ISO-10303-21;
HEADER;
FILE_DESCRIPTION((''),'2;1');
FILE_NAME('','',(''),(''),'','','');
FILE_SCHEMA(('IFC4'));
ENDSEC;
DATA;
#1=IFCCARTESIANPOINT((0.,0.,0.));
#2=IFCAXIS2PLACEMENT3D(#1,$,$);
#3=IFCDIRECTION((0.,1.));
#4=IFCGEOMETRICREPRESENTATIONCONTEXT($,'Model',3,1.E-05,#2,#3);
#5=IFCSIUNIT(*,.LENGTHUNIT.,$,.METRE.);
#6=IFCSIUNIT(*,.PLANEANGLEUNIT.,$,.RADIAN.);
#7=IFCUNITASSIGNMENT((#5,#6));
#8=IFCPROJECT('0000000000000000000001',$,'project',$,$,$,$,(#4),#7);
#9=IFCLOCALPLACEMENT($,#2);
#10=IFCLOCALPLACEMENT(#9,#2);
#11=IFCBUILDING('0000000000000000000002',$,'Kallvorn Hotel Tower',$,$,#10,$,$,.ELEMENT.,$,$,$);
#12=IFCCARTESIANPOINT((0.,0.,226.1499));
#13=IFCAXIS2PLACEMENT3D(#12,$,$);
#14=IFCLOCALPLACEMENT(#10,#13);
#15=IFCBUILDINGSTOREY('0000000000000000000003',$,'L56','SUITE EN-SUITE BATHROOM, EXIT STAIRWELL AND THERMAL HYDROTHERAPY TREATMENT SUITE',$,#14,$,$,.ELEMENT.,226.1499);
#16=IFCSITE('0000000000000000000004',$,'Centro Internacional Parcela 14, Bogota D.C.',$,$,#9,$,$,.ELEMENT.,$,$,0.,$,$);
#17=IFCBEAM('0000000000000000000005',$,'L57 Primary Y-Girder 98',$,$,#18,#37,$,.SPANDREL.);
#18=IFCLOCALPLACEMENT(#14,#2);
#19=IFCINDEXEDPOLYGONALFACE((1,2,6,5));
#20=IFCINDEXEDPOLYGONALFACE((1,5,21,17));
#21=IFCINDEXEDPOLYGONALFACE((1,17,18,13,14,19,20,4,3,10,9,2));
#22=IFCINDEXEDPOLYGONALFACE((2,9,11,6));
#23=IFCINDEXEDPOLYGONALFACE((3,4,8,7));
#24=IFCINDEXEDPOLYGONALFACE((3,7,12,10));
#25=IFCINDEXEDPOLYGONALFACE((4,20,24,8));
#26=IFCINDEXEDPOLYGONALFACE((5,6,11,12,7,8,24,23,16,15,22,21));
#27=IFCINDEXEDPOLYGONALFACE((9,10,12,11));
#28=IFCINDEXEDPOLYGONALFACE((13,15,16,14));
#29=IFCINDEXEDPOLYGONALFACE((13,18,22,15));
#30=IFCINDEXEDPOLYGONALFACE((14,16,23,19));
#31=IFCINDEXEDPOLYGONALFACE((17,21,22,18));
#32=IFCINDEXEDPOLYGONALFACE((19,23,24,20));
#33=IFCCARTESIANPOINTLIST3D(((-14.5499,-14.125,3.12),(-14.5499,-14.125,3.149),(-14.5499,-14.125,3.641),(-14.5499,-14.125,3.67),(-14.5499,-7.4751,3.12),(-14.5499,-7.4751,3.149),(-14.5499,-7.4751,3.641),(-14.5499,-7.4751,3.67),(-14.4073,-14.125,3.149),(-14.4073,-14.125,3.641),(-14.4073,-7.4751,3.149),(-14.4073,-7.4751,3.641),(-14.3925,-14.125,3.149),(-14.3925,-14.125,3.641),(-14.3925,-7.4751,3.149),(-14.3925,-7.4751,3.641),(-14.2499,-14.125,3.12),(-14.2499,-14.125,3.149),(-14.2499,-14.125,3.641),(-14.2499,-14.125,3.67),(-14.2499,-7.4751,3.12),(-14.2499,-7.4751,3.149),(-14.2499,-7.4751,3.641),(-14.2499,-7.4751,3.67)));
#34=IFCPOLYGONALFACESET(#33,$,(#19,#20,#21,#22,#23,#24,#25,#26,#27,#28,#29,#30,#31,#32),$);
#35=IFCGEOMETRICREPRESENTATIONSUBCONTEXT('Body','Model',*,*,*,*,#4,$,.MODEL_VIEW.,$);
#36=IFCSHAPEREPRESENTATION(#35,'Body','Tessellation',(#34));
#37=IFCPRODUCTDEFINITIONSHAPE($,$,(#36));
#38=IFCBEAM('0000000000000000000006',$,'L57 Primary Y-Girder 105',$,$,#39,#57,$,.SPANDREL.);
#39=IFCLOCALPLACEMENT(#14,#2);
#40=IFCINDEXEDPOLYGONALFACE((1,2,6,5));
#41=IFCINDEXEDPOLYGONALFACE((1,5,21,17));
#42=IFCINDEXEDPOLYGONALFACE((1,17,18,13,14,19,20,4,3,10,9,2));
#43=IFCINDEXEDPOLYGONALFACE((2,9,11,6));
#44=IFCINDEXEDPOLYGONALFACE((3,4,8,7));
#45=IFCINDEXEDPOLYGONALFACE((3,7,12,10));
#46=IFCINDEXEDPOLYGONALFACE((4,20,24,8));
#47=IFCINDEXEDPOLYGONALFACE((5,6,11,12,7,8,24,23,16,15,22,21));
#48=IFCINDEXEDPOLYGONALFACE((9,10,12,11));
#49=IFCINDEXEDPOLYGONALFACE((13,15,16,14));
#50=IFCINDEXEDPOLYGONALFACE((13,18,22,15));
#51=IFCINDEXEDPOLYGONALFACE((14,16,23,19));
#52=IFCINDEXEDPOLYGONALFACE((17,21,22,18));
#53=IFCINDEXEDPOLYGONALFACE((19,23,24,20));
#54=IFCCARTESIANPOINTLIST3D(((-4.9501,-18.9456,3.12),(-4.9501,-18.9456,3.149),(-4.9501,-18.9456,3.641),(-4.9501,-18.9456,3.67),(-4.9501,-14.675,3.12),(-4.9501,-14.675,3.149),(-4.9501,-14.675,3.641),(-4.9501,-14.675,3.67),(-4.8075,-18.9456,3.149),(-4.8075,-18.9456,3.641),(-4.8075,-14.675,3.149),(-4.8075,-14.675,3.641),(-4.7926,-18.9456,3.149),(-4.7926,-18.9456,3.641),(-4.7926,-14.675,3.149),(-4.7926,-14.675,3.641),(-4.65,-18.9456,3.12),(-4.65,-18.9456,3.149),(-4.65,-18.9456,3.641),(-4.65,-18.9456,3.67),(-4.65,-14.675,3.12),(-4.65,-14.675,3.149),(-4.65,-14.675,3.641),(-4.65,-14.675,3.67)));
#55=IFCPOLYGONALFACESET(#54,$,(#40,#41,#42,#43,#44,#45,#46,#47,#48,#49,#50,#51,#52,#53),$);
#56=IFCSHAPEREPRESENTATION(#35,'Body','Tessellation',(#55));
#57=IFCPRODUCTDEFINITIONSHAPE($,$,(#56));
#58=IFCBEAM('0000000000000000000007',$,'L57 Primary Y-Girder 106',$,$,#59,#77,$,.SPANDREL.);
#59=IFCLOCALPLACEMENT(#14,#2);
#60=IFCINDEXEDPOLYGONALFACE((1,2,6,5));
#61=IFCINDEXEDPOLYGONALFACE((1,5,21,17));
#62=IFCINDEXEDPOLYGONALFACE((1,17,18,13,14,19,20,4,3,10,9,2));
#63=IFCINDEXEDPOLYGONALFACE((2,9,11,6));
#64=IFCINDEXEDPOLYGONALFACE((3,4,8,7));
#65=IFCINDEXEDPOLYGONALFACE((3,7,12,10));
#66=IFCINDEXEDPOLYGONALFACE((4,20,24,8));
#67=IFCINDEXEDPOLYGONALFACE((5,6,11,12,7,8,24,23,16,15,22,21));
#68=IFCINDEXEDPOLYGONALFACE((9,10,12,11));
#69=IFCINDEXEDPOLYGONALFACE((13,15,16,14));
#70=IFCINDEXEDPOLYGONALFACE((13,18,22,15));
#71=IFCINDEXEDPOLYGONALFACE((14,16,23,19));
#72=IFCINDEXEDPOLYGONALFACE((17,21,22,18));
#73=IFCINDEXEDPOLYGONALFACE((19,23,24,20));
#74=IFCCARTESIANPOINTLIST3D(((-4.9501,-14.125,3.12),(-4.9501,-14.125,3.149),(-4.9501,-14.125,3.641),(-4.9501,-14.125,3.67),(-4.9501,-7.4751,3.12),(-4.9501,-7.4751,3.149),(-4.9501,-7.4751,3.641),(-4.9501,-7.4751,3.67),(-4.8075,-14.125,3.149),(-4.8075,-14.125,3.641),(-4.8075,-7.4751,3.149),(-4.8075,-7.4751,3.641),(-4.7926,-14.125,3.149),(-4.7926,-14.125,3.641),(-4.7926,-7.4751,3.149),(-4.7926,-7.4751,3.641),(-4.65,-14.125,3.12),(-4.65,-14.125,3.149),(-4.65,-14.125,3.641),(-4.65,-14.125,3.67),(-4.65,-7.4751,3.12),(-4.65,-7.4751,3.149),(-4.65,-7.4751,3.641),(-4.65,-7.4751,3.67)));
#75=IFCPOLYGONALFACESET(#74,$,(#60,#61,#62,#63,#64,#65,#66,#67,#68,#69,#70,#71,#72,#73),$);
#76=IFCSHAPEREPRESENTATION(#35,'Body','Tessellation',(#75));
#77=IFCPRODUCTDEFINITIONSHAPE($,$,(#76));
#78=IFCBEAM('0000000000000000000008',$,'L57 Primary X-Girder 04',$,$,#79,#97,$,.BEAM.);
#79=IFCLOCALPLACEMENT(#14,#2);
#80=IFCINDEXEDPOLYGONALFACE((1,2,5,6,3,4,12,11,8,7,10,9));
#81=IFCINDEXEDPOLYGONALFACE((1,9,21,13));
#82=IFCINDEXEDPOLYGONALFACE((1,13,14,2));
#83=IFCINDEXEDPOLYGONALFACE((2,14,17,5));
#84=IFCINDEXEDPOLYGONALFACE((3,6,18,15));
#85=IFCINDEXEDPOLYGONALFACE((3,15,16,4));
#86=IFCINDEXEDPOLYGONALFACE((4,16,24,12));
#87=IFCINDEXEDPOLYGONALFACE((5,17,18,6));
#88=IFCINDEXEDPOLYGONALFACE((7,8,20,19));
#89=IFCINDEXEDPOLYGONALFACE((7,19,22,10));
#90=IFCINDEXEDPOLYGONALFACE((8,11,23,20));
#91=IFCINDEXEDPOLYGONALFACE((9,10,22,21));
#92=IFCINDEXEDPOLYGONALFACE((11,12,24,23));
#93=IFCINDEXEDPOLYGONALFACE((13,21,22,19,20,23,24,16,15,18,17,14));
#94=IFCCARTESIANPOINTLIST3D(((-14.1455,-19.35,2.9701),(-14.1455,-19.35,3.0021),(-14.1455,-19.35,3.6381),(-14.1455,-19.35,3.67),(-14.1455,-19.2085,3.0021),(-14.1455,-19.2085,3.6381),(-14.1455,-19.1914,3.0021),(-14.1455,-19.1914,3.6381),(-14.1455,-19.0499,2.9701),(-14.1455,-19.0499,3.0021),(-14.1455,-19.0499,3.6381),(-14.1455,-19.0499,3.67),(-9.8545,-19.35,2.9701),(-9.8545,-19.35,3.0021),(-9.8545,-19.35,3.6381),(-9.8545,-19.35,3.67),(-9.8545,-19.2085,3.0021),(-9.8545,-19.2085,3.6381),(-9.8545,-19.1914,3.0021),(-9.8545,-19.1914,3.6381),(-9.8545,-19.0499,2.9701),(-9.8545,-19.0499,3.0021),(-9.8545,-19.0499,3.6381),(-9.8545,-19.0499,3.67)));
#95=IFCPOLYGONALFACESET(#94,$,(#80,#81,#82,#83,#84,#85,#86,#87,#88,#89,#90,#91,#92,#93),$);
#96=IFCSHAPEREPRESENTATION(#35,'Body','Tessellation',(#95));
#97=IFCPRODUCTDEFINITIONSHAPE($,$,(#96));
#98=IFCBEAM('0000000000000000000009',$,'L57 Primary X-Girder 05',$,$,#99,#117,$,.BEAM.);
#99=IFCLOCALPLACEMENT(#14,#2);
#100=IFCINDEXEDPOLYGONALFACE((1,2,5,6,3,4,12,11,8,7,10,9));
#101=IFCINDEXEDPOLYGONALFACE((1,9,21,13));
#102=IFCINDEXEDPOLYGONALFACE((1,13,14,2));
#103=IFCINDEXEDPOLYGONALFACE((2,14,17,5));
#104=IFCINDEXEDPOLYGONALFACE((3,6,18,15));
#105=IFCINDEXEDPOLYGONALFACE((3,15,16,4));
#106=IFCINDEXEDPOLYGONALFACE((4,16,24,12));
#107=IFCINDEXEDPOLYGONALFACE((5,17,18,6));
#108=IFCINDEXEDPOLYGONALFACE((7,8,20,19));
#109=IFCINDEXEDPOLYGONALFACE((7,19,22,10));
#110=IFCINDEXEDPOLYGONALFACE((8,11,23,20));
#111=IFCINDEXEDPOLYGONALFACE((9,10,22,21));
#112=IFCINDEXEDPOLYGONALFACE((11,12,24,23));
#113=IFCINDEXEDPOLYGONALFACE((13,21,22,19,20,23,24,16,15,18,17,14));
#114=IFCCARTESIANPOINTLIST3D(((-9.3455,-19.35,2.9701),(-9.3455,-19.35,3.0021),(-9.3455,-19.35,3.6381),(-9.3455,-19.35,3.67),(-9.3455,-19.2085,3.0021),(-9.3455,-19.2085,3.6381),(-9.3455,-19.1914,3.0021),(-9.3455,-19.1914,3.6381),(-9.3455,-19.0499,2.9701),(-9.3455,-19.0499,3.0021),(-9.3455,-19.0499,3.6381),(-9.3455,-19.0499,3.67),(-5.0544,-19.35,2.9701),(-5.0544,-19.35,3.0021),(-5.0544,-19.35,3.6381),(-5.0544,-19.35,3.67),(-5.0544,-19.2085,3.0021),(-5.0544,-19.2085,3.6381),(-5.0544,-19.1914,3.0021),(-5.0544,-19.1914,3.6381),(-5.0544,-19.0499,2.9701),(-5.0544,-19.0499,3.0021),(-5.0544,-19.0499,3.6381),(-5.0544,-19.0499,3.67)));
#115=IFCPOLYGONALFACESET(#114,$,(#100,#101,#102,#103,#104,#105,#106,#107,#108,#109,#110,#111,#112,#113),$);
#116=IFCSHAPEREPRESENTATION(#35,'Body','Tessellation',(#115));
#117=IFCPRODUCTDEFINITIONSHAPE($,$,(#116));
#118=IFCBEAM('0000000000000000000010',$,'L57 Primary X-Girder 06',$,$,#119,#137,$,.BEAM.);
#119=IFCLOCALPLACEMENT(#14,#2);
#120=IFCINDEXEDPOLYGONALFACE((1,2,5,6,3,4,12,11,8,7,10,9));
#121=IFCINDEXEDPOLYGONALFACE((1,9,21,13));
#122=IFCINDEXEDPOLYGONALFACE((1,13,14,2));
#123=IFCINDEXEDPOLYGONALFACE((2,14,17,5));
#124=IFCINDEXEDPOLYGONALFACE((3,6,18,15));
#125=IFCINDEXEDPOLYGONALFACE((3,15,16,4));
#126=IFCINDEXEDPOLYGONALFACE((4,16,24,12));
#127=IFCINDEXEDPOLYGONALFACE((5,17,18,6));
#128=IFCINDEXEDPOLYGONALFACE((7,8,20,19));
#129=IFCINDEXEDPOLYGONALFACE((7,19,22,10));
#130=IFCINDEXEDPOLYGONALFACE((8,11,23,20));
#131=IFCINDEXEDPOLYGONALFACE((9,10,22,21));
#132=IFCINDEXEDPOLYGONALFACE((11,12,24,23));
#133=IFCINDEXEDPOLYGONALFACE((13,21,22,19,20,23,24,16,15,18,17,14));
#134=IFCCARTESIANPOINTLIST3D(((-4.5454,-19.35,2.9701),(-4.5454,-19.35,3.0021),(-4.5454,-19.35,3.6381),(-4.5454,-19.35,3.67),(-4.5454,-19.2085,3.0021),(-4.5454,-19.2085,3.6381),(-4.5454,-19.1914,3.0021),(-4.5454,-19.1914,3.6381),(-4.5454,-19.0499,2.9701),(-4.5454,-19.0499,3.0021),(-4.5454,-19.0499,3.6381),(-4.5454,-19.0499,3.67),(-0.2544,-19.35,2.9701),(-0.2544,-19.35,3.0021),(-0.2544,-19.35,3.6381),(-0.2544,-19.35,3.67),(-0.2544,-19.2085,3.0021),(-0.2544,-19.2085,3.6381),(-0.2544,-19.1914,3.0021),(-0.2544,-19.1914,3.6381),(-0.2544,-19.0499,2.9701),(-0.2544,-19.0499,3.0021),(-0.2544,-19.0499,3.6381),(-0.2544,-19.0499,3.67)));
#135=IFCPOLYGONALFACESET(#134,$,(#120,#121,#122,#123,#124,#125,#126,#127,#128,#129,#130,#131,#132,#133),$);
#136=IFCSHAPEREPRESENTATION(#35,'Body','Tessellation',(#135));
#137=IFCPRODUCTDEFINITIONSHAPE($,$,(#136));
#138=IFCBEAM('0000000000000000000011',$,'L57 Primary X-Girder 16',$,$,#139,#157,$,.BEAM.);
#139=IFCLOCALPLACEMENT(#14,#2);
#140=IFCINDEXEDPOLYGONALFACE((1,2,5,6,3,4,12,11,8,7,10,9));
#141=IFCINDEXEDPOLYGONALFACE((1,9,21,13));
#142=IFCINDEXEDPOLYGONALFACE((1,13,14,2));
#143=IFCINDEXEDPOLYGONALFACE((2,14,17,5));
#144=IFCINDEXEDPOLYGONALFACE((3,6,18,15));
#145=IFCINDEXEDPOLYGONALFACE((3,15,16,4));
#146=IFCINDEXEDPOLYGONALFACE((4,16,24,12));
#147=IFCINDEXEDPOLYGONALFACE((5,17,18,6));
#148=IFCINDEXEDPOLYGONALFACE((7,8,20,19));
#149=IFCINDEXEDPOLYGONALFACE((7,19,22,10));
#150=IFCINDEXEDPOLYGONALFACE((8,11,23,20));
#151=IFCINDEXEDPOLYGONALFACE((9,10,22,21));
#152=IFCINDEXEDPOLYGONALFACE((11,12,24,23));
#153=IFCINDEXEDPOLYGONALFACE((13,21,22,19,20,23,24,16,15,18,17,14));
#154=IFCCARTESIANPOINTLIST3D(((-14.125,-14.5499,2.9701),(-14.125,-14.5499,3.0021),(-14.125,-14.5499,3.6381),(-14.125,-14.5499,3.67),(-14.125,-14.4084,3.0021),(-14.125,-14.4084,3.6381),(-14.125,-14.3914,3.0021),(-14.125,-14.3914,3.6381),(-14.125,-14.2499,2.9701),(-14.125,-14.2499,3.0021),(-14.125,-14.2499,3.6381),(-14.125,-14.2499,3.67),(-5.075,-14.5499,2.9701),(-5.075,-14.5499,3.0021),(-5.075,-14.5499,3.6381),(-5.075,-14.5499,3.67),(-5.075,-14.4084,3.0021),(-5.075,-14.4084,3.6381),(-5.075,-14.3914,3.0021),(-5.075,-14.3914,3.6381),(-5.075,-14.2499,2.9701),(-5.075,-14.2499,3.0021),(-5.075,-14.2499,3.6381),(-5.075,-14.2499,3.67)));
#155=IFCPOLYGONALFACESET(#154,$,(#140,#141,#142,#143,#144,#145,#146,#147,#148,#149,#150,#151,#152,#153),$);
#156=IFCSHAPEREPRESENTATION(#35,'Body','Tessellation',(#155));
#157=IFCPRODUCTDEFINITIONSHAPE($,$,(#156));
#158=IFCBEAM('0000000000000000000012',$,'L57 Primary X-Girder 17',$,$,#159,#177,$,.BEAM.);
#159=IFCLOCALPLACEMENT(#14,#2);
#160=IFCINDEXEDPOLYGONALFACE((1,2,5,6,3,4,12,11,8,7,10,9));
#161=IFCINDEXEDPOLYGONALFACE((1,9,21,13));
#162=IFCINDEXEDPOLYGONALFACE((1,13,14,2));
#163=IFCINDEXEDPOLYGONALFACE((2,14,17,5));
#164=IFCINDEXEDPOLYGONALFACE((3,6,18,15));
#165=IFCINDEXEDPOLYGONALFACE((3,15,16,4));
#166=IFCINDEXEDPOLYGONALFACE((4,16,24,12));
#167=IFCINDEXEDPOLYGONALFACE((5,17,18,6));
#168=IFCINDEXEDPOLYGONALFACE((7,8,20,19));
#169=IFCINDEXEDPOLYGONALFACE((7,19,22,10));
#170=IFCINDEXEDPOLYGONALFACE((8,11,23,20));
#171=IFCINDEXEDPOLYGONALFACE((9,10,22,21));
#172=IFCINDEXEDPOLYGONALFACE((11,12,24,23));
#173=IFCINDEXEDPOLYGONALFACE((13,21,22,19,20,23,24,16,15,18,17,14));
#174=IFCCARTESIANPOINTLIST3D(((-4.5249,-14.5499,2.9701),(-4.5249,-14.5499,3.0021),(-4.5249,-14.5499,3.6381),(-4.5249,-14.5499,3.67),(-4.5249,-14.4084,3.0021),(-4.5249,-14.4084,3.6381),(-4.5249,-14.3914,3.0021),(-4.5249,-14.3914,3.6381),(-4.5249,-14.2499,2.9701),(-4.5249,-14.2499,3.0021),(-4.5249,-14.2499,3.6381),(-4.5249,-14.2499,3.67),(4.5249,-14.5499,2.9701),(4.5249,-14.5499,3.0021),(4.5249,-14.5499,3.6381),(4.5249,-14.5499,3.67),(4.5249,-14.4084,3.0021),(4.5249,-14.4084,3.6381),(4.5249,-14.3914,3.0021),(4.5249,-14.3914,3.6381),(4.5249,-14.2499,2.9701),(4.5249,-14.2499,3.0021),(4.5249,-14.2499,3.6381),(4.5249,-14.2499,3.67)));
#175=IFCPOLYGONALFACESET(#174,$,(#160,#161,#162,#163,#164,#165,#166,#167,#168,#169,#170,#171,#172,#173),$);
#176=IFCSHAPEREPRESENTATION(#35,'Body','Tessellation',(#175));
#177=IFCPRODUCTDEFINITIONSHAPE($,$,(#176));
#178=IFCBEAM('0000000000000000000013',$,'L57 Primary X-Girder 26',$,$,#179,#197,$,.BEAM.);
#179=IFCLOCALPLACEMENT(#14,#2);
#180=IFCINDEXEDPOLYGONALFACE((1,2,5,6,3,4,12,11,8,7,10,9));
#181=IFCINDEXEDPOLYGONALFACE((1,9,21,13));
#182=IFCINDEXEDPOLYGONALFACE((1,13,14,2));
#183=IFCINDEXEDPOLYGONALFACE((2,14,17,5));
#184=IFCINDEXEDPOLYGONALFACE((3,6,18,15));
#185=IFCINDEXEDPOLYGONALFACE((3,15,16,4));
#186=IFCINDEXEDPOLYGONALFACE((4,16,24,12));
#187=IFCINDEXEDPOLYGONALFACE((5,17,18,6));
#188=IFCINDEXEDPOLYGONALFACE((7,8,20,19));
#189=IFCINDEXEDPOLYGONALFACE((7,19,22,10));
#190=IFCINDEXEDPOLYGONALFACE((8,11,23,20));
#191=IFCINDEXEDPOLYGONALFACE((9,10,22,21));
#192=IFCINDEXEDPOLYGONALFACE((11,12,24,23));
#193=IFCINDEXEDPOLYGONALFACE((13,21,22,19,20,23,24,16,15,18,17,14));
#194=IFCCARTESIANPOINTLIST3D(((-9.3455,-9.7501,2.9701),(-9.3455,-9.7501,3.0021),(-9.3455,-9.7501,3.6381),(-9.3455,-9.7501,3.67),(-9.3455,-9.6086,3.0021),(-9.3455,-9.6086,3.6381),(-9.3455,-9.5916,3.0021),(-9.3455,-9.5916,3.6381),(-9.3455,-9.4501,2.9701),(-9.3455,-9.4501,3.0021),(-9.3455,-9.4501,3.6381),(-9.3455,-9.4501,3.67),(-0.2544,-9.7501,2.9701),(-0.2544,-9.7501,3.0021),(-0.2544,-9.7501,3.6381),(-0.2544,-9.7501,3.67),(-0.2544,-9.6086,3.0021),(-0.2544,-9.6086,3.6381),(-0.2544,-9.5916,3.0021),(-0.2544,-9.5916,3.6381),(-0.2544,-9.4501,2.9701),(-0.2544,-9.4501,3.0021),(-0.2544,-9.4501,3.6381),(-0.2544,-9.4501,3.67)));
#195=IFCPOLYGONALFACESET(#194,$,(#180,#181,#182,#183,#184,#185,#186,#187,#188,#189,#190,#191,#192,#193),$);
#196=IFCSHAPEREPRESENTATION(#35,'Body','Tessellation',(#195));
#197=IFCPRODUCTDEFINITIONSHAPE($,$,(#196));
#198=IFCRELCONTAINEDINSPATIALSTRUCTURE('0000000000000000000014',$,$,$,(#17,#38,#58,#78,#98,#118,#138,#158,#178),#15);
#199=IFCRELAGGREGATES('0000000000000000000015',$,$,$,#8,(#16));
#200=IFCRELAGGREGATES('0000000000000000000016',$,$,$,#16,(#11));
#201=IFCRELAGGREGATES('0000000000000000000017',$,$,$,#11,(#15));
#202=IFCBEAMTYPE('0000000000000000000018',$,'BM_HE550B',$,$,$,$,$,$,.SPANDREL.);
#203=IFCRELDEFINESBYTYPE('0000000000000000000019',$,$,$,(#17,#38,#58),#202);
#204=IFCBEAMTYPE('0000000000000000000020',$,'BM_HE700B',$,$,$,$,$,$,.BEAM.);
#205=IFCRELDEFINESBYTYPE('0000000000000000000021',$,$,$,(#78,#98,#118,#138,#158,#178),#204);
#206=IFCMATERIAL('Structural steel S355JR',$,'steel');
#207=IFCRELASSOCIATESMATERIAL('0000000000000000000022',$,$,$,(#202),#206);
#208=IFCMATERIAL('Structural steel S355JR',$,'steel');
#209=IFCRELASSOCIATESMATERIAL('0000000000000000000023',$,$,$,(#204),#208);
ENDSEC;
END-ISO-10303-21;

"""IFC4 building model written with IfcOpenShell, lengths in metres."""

from ifc_helpers import new_model, si_unit, direction, frame, origin, origin_2d, place, context, subcontext, project, spatial, i_section, extrude, material, material_profile, profile_set, type_object, element, save


model = new_model("IFC4")

# Units and contexts
model_context = context("Model", 3, precision=1e-05, world=origin(), true_north=direction((0.0, 1.0)))
body_context = subcontext(model_context, "Body", "Model", "MODEL_VIEW")
ifc_project = project(units=[si_unit("LENGTHUNIT", "METRE"), si_unit("PLANEANGLEUNIT", "RADIAN")], contexts=[model_context])

# Site, building, storey
site_placement = place(None, origin())
site = spatial("IfcSite", under=ifc_project, at=site_placement, Name="Centro Internacional Parcela 14, Bogota D.C.", CompositionType="ELEMENT", RefElevation=0.0)
building_placement = place(site_placement, origin())
building = spatial("IfcBuilding", under=site, at=building_placement, Name="Kallvorn Hotel Tower", CompositionType="ELEMENT")
storey_placement = place(building_placement, frame((0.0, 0.0, 226.1499)))
storey = spatial("IfcBuildingStorey", under=building, at=storey_placement, Name="L56", Description="SUITE EN-SUITE BATHROOM, EXIT STAIRWELL AND THERMAL HYDROTHERAPY TREATMENT SUITE", CompositionType="ELEMENT", Elevation=226.1499)

# Beams
ifc_material_1 = material(Name="Structural steel S355JR", Category="steel")
ifc_material_profile_1 = material_profile(ifc_material_1, i_section(OverallWidth=0.3, OverallDepth=0.55, WebThickness=0.0149, FlangeThickness=0.0291, at=origin_2d()), Name="HE 550 B")
ifc_profile_set_1 = profile_set([ifc_material_profile_1], Name="Structural steel S355JR")
beam_type_1 = type_object("IfcBeamType", Name="BM_HE550B", PredefinedType="SPANDREL", material=ifc_profile_set_1)
beam_1_placement = place(storey_placement, frame((-14.3999, -14.125, 3.395), z_axis=(0.0, 1.0, 0.0), x_axis=(-1.0, 0.0, 0.0)))
element("IfcBeam", 1, at=beam_1_placement, inside=storey, type_object=beam_type_1, Name="L57 Primary Y-Girder 98", PredefinedType="SPANDREL", context=body_context, shape_type="SweptSolid", body=[
    extrude(i_section(OverallWidth=0.3, OverallDepth=0.55, WebThickness=0.0149, FlangeThickness=0.0291, at=origin_2d()), origin(), (0.0, 0.0, 1.0), 6.6499),
])
beam_2_placement = place(storey_placement, frame((-4.8, -18.9456, 3.395), z_axis=(0.0, 1.0, 0.0), x_axis=(-1.0, 0.0, 0.0)))
element("IfcBeam", 2, at=beam_2_placement, inside=storey, type_object=beam_type_1, Name="L57 Primary Y-Girder 105", PredefinedType="SPANDREL", context=body_context, shape_type="SweptSolid", body=[
    extrude(i_section(OverallWidth=0.3, OverallDepth=0.55, WebThickness=0.0149, FlangeThickness=0.0291, at=origin_2d()), origin(), (0.0, 0.0, 1.0), 4.2705),
])
beam_3_placement = place(storey_placement, frame((-4.8, -14.125, 3.395), z_axis=(0.0, 1.0, 0.0), x_axis=(-1.0, 0.0, 0.0)))
element("IfcBeam", 3, at=beam_3_placement, inside=storey, type_object=beam_type_1, Name="L57 Primary Y-Girder 106", PredefinedType="SPANDREL", context=body_context, shape_type="SweptSolid", body=[
    extrude(i_section(OverallWidth=0.3, OverallDepth=0.55, WebThickness=0.0149, FlangeThickness=0.0291, at=origin_2d()), origin(), (0.0, 0.0, 1.0), 6.6499),
])
ifc_material_2 = material(Name="Structural steel S355JR", Category="steel")
ifc_material_profile_2 = material_profile(ifc_material_2, i_section(OverallWidth=0.3, OverallDepth=0.7, WebThickness=0.0171, FlangeThickness=0.032, at=origin_2d()), Name="HE 700 B")
ifc_profile_set_2 = profile_set([ifc_material_profile_2], Name="Structural steel S355JR")
beam_type_2 = type_object("IfcBeamType", Name="BM_HE700B", PredefinedType="BEAM", material=ifc_profile_set_2)
for number, where, z_axis, x_axis, name in (
    (4, (-14.1455, -19.2, 3.3201), (1.0, 0.0, 0.0), (0.0, 1.0, 0.0), "L57 Primary X-Girder 04"),
    (5, (-9.3455, -19.2, 3.3201), (1.0, 0.0, 0.0), (0.0, 1.0, 0.0), "L57 Primary X-Girder 05"),
    (6, (-4.5454, -19.2, 3.3201), (1.0, 0.0, 0.0), (0.0, 1.0, 0.0), "L57 Primary X-Girder 06"),
):
    element("IfcBeam", number, at=place(storey_placement, frame(where, z_axis=z_axis, x_axis=x_axis)), inside=storey, type_object=beam_type_2, Name=name, PredefinedType="BEAM", context=body_context, shape_type="SweptSolid", body=[
        extrude(i_section(OverallWidth=0.3, OverallDepth=0.7, WebThickness=0.0171, FlangeThickness=0.032, at=origin_2d()), origin(), (0.0, 0.0, 1.0), 4.291),
    ])
beam_4_placement = place(storey_placement, frame((-14.125, -14.3999, 3.3201), z_axis=(1.0, 0.0, 0.0), x_axis=(0.0, 1.0, 0.0)))
element("IfcBeam", 7, at=beam_4_placement, inside=storey, type_object=beam_type_2, Name="L57 Primary X-Girder 16", PredefinedType="BEAM", context=body_context, shape_type="SweptSolid", body=[
    extrude(i_section(OverallWidth=0.3, OverallDepth=0.7, WebThickness=0.0171, FlangeThickness=0.032, at=origin_2d()), origin(), (0.0, 0.0, 1.0), 9.05),
])
beam_5_placement = place(storey_placement, frame((-4.5249, -14.3999, 3.3201), z_axis=(1.0, 0.0, 0.0), x_axis=(0.0, 1.0, 0.0)))
element("IfcBeam", 8, at=beam_5_placement, inside=storey, type_object=beam_type_2, Name="L57 Primary X-Girder 17", PredefinedType="BEAM", context=body_context, shape_type="SweptSolid", body=[
    extrude(i_section(OverallWidth=0.3, OverallDepth=0.7, WebThickness=0.0171, FlangeThickness=0.032, at=origin_2d()), origin(), (0.0, 0.0, 1.0), 9.0498),
])
beam_6_placement = place(storey_placement, frame((-9.3455, -9.6001, 3.3201), z_axis=(1.0, 0.0, 0.0), x_axis=(0.0, 1.0, 0.0)))
element("IfcBeam", 9, at=beam_6_placement, inside=storey, type_object=beam_type_2, Name="L57 Primary X-Girder 26", PredefinedType="BEAM", context=body_context, shape_type="SweptSolid", body=[
    extrude(i_section(OverallWidth=0.3, OverallDepth=0.7, WebThickness=0.0171, FlangeThickness=0.032, at=origin_2d()), origin(), (0.0, 0.0, 1.0), 9.0911),
])

save(model, "model.ifc")
